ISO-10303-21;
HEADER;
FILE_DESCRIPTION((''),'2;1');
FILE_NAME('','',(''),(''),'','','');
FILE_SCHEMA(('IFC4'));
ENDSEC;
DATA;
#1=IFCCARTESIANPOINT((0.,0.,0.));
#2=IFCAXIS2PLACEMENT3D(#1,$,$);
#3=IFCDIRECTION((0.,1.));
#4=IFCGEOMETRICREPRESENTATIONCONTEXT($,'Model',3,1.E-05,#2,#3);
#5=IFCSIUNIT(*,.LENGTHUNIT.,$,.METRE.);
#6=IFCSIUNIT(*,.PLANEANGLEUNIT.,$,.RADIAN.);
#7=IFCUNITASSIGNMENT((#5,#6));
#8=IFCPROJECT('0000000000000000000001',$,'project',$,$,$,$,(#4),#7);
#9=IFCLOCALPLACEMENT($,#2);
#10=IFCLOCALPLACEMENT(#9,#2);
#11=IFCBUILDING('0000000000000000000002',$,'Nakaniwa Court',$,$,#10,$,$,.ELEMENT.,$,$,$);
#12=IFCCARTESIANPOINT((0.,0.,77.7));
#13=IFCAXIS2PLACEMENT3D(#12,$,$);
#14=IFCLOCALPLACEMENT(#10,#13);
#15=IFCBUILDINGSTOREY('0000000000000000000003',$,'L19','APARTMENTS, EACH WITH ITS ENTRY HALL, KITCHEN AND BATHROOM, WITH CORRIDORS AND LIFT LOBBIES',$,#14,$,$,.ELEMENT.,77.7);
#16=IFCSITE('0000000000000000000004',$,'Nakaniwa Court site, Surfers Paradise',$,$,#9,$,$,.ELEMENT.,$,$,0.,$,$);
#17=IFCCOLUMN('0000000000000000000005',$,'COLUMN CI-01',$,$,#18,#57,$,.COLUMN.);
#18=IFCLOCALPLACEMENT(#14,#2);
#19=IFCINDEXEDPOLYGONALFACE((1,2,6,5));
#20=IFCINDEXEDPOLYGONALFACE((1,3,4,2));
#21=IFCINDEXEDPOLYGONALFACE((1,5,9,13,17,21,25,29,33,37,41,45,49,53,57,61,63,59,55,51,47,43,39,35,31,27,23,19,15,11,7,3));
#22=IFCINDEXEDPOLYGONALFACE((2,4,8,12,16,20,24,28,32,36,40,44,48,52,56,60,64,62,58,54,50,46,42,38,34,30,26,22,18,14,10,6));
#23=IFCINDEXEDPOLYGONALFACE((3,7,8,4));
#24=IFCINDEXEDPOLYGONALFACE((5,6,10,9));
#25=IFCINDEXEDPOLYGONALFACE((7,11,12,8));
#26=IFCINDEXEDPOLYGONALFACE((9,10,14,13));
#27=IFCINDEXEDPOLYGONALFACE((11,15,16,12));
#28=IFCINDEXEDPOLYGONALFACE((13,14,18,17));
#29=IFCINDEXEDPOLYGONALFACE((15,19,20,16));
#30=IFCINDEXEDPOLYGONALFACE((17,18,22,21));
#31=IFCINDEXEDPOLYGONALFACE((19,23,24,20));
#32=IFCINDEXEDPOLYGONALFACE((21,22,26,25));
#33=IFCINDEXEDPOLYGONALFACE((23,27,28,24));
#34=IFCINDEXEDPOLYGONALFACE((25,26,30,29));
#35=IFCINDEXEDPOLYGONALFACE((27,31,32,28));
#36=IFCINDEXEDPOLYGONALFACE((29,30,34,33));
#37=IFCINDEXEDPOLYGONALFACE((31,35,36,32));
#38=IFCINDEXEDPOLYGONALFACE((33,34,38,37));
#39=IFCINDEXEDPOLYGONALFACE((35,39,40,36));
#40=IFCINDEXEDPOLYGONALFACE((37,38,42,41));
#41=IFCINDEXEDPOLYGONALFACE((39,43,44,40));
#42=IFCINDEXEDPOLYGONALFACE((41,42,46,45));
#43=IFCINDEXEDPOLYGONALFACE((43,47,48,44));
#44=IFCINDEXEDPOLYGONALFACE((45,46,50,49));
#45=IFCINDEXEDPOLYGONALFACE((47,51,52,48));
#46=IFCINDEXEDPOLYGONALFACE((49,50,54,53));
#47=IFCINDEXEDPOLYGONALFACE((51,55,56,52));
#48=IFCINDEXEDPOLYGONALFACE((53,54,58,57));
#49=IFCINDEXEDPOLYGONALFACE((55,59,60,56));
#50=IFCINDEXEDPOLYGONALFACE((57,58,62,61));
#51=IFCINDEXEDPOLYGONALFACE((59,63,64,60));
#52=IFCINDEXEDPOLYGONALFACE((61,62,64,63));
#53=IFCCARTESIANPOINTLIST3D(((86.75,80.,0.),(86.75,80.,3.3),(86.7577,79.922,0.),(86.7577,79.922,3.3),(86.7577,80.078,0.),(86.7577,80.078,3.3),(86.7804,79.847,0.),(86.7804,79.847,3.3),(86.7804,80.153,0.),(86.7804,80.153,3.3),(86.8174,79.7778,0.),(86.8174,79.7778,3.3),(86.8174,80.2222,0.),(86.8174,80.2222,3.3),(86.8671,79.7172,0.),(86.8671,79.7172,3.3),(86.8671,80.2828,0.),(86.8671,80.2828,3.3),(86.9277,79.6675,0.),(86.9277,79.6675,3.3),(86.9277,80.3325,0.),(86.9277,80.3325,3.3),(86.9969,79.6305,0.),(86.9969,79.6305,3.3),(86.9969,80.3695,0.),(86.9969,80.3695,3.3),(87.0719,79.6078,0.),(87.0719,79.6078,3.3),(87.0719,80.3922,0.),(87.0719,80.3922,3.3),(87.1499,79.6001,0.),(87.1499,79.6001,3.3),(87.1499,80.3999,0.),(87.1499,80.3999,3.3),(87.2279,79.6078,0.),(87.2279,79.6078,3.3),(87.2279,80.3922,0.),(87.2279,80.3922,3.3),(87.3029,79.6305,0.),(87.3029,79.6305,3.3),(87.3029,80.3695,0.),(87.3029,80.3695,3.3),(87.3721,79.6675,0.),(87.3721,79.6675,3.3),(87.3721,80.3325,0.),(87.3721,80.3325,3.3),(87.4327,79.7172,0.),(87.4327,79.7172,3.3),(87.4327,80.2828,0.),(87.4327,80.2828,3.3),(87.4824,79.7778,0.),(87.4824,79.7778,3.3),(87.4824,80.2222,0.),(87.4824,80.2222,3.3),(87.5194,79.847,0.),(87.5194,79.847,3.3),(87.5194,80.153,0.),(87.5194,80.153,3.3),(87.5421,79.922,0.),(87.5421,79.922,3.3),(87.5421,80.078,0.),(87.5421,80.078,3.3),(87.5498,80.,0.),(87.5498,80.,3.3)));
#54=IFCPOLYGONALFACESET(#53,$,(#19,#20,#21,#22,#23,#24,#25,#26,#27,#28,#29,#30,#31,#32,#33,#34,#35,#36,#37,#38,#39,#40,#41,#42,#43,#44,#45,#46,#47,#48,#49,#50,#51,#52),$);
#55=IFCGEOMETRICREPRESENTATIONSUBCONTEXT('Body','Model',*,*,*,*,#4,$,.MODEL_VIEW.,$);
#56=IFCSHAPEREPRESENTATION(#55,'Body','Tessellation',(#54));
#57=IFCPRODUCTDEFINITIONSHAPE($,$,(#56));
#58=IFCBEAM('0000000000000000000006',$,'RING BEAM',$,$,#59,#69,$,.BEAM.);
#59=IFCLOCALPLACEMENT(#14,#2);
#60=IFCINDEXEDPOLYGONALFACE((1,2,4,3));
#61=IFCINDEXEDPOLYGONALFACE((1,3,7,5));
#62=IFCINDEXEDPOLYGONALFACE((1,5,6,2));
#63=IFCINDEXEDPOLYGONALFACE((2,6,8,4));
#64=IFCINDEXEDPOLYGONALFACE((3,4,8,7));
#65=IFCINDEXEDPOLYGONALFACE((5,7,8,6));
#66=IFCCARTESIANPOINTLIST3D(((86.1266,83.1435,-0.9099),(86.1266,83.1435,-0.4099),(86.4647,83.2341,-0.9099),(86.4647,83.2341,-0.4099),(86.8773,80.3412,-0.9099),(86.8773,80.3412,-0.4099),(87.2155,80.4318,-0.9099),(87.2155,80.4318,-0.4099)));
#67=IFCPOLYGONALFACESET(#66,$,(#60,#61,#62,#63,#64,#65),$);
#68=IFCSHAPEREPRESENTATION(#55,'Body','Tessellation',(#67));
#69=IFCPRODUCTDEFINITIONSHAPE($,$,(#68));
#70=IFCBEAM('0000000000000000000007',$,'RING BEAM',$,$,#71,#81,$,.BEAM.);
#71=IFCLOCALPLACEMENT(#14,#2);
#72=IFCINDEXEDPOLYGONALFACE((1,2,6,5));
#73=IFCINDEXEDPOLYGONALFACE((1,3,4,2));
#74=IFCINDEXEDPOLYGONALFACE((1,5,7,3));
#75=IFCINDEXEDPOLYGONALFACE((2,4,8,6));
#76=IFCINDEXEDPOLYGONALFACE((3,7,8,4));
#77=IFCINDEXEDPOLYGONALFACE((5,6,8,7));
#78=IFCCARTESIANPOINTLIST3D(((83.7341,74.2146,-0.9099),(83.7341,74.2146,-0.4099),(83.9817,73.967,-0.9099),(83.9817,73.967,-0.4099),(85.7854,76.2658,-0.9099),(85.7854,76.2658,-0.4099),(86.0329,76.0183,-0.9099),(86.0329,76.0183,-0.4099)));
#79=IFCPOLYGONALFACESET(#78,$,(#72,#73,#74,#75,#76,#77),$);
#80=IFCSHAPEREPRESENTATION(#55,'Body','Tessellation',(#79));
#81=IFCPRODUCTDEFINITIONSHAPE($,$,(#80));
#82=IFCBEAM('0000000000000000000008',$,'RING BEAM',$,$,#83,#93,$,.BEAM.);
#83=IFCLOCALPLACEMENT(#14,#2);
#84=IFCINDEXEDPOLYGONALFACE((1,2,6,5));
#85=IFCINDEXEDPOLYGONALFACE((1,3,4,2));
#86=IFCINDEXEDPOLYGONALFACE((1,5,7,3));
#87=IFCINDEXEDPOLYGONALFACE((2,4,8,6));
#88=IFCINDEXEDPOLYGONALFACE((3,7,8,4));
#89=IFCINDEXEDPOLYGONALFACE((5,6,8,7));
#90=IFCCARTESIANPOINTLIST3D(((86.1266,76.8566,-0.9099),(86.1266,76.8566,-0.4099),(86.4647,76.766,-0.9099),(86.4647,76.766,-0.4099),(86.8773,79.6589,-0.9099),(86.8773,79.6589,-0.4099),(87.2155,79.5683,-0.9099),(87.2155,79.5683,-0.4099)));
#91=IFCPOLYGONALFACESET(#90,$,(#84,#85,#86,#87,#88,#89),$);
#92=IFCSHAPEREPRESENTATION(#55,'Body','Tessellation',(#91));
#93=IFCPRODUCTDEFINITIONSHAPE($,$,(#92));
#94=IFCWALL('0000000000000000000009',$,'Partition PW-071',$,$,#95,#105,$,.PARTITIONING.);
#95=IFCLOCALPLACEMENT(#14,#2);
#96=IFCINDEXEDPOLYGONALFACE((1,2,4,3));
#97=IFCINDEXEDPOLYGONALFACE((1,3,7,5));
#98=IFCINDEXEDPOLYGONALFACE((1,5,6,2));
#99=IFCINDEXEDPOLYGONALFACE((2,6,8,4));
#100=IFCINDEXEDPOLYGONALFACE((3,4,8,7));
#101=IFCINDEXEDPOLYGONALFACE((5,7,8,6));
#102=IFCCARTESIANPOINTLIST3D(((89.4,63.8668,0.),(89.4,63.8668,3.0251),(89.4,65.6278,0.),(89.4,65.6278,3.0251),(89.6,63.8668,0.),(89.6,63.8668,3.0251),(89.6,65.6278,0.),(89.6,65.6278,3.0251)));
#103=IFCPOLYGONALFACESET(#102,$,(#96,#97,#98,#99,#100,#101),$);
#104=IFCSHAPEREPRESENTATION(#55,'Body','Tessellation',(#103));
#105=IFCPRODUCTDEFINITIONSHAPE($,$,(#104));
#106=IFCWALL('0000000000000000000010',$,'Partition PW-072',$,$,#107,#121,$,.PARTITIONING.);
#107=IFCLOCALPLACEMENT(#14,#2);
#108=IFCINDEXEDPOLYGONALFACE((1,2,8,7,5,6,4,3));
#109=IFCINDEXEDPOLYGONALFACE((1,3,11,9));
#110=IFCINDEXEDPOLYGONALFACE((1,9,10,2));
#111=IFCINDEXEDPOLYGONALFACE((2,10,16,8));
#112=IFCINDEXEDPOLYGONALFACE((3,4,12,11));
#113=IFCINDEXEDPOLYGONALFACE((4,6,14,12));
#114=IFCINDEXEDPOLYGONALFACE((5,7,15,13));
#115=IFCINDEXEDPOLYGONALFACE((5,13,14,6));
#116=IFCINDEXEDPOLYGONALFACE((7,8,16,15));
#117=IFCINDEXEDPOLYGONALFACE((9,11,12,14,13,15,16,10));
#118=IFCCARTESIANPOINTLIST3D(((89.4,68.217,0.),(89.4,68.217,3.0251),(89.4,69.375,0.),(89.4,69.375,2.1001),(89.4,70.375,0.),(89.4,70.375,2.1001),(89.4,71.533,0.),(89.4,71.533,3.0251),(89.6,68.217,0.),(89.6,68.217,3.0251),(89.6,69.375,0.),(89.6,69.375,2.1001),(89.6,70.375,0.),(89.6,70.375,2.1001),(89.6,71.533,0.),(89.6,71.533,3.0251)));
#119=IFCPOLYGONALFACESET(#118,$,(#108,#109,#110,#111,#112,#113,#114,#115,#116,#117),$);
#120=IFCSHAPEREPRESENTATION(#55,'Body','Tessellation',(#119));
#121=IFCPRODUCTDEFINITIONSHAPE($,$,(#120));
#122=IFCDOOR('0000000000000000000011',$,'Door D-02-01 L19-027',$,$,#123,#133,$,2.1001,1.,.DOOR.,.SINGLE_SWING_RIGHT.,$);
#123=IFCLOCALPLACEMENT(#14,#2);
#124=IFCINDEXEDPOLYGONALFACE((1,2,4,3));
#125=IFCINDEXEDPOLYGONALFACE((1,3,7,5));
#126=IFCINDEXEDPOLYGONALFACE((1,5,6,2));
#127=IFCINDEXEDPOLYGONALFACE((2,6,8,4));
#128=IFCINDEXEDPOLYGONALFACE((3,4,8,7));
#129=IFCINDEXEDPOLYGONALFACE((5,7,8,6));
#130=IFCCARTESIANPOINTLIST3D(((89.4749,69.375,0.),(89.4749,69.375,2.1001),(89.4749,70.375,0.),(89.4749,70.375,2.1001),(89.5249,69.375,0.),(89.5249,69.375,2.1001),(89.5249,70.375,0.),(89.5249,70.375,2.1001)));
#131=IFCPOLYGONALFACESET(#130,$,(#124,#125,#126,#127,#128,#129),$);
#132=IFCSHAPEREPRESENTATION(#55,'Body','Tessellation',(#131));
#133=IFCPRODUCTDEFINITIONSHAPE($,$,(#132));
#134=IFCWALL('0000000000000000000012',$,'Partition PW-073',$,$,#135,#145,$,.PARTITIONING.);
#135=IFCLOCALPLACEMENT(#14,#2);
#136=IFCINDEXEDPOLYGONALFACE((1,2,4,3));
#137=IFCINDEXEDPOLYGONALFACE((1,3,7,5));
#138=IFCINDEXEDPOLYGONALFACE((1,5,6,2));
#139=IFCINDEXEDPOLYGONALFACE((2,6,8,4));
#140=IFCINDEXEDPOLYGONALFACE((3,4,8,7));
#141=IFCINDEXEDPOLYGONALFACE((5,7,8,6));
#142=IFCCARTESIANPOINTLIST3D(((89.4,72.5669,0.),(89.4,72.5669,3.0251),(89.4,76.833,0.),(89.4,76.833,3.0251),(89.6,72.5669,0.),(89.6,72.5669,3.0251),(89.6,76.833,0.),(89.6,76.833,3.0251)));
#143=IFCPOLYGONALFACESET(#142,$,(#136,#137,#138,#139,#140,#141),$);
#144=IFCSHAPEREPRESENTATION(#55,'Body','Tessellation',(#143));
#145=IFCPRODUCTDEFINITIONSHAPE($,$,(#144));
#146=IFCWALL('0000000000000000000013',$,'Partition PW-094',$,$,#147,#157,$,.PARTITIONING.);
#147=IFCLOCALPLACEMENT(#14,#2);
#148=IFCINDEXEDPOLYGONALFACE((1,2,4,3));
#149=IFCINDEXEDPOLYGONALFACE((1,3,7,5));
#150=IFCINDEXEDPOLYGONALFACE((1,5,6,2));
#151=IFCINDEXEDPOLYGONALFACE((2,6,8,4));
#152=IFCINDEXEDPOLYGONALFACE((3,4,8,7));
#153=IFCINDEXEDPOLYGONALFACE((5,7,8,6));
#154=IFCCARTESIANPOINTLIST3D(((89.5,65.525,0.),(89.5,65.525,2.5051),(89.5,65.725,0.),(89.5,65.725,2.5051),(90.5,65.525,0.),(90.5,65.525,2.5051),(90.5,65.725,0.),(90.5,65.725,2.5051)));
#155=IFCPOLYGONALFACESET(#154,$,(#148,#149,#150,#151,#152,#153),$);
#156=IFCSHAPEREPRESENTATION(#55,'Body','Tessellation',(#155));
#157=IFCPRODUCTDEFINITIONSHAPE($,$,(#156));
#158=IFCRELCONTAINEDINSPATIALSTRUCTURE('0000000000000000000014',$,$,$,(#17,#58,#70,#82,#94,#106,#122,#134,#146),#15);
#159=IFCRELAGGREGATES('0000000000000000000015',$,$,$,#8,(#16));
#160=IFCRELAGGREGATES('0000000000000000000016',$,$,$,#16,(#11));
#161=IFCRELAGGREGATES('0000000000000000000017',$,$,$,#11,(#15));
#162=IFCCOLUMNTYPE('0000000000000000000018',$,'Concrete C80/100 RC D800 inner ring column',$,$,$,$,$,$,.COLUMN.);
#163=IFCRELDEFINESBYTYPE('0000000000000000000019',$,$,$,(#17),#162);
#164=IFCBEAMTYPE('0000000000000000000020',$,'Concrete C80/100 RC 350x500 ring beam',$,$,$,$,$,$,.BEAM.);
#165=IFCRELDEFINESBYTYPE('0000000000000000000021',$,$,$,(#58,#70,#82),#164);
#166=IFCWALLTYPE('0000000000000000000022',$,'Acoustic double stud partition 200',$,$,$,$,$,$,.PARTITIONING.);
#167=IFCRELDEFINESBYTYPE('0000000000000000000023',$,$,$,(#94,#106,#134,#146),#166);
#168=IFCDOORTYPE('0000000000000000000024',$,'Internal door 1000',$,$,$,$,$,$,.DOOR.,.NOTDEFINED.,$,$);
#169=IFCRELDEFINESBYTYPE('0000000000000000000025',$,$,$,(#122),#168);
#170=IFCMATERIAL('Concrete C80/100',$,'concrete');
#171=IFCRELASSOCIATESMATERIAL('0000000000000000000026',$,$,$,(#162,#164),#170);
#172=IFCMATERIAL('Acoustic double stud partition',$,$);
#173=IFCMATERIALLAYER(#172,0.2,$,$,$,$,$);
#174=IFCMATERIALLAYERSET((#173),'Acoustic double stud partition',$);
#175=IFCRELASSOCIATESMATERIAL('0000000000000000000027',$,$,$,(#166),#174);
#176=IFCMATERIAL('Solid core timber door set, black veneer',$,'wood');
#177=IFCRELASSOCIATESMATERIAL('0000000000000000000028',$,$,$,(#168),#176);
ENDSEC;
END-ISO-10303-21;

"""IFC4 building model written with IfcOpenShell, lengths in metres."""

from ifc_helpers import new_model, si_unit, direction, frame, frame_2d, origin, origin_2d, place, context, subcontext, project, spatial, rectangle, circle, extrude, material, layer, layer_set, material_profile, profile_set, type_object, element, fill, save


model = new_model("IFC4")

# Units and contexts
model_context = context("Model", 3, precision=1e-05, world=origin(), true_north=direction((0.0, 1.0)))
body_context = subcontext(model_context, "Body", "Model", "MODEL_VIEW")
ifc_project = project(units=[si_unit("LENGTHUNIT", "METRE"), si_unit("PLANEANGLEUNIT", "RADIAN")], contexts=[model_context])

# Site, building, storey
site_placement = place(None, origin())
site = spatial("IfcSite", under=ifc_project, at=site_placement, Name="Nakaniwa Court site, Surfers Paradise", CompositionType="ELEMENT", RefElevation=0.0)
building_placement = place(site_placement, origin())
building = spatial("IfcBuilding", under=site, at=building_placement, Name="Nakaniwa Court", CompositionType="ELEMENT")
storey_placement = place(building_placement, frame((0.0, 0.0, 77.7)))
storey = spatial("IfcBuildingStorey", under=building, at=storey_placement, Name="L19", Description="APARTMENTS, EACH WITH ITS ENTRY HALL, KITCHEN AND BATHROOM, WITH CORRIDORS AND LIFT LOBBIES", CompositionType="ELEMENT", Elevation=77.7)

# Column
ifc_material_1 = material(Name="Concrete C80/100", Category="concrete")
ifc_material_profile_1 = material_profile(ifc_material_1, circle(Radius=0.3999, at=origin_2d()), Name="Concrete C80/100 RC D800 inner ring column")
ifc_profile_set_1 = profile_set([ifc_material_profile_1], Name="Concrete C80/100")
column_type = type_object("IfcColumnType", Name="Concrete C80/100 RC D800 inner ring column", PredefinedType="COLUMN", material=ifc_profile_set_1)
for number, where, z_axis, x_axis, name in (
    (1, (87.1499, 80.0, 0.0), (0.0, 0.0, 1.0), (0.0, 1.0, 0.0), "COLUMN CI-01"),
):
    element("IfcColumn", number, at=place(storey_placement, frame(where, z_axis=z_axis, x_axis=x_axis)), inside=storey, type_object=column_type, Name=name, PredefinedType="COLUMN", context=body_context, shape_type="SweptSolid", body=[
        extrude(circle(Radius=0.3999, at=origin_2d()), origin(), (0.0, 0.0, 1.0), 3.3),
    ])

# Beams
ifc_material_profile_2 = material_profile(ifc_material_1, rectangle(XDim=0.3501, YDim=0.5, at=origin_2d()), Name="Concrete C80/100 RC 350x500 ring beam")
ifc_profile_set_2 = profile_set([ifc_material_profile_2], Name="Concrete C80/100")
beam_type = type_object("IfcBeamType", Name="Concrete C80/100 RC 350x500 ring beam", PredefinedType="BEAM", material=ifc_profile_set_2)
beam_1_placement = place(storey_placement, frame((87.0464, 80.3865, -0.6599), z_axis=(-0.258778, 0.965937, 0.0), x_axis=(-0.965937, -0.258778, 0.0)))
element("IfcBeam", 2, at=beam_1_placement, inside=storey, type_object=beam_type, Name="RING BEAM", PredefinedType="BEAM", context=body_context, shape_type="SweptSolid", body=[
    extrude(rectangle(XDim=0.3501, YDim=0.5, at=origin_2d()), origin(), (0.0, 0.0, 1.0), 2.9011),
])
beam_2_placement = place(storey_placement, frame((83.8579, 74.0908, -0.6599), z_axis=(0.707107, 0.707107, 0.0), x_axis=(-0.707107, 0.707107, 0.0)))
element("IfcBeam", 3, at=beam_2_placement, inside=storey, type_object=beam_type, Name="RING BEAM", PredefinedType="BEAM", context=body_context, shape_type="SweptSolid", body=[
    extrude(rectangle(XDim=0.3501, YDim=0.5, at=origin_2d()), origin(), (0.0, 0.0, 1.0), 2.9009),
])
beam_3_placement = place(storey_placement, frame((86.2957, 76.8113, -0.6599), z_axis=(0.258778, 0.965937, 0.0), x_axis=(-0.965937, 0.258778, 0.0)))
element("IfcBeam", 4, at=beam_3_placement, inside=storey, type_object=beam_type, Name="RING BEAM", PredefinedType="BEAM", context=body_context, shape_type="SweptSolid", body=[
    extrude(rectangle(XDim=0.3501, YDim=0.5, at=origin_2d()), origin(), (0.0, 0.0, 1.0), 2.9011),
])

# Wall
ifc_material_2 = material(Name="Acoustic double stud partition")
ifc_layer_1 = layer(ifc_material_2, 0.2)
ifc_layer_set_1 = layer_set([ifc_layer_1], Name="Acoustic double stud partition")
wall_type_1 = type_object("IfcWallType", Name="Acoustic double stud partition 200", PredefinedType="PARTITIONING", material=ifc_layer_set_1)
wall_1_placement = place(storey_placement, frame((89.5, 63.8669, 0.0), z_axis=(0.0, 0.0, 1.0), x_axis=(0.0, 1.0, 0.0)))
element("IfcWall", 5, at=wall_1_placement, inside=storey, type_object=wall_type_1, Name="Partition PW-071", PredefinedType="PARTITIONING", context=body_context, shape_type="SweptSolid", body=[
    extrude(rectangle(XDim=1.761, YDim=0.2, at=frame_2d((0.8804, 0.0))), origin(), (0.0, 0.0, 1.0), 3.0251),
])

# Wall, opening, door
wall_2_placement = place(storey_placement, frame((89.5, 71.533, 0.0), z_axis=(0.0, 0.0, 1.0), x_axis=(0.0, -1.0, 0.0)))
wall_2 = element("IfcWall", 6, at=wall_2_placement, inside=storey, type_object=wall_type_1, Name="Partition PW-072", PredefinedType="PARTITIONING", context=body_context, shape_type="SweptSolid", body=[
    extrude(rectangle(XDim=3.3159, YDim=0.2, at=frame_2d((1.658, 0.0))), origin(), (0.0, 0.0, 1.0), 3.0251),
])
opening_1_placement = place(wall_2_placement, frame((1.158, 0.0, 0.0)))
opening_1 = element("IfcOpeningElement", 7, at=opening_1_placement, cuts=wall_2, PredefinedType="OPENING", context=body_context, shape_type="SweptSolid", body=[
    extrude(rectangle(XDim=1.0, YDim=2.1001, at=frame_2d((0.5, 1.05))), frame((0.0, 0.1099, 0.0), z_axis=(0.0, -1.0, 0.0), x_axis=(1.0, 0.0, 0.0)), (0.0, 0.0, 1.0), 0.22),
])
ifc_material_3 = material(Name="Solid core timber door set, black veneer", Category="wood")
door_type_1 = type_object("IfcDoorType", Name="Internal door 1000", OperationType="NOTDEFINED", PredefinedType="DOOR", material=ifc_material_3)
door_1_placement = place(opening_1_placement, origin())
door_1 = element("IfcDoor", 8, at=door_1_placement, inside=storey, type_object=door_type_1, Name="Door D-02-01 L19-027", OperationType="SINGLE_SWING_RIGHT", OverallHeight=2.1001, OverallWidth=1.0, PredefinedType="DOOR", context=body_context, shape_type="SweptSolid", body=[
    extrude(rectangle(XDim=1.0, YDim=2.1001, at=frame_2d((0.5, 1.05))), frame((0.0, 0.0249, 0.0), z_axis=(0.0, -1.0, 0.0), x_axis=(1.0, 0.0, 0.0)), (0.0, 0.0, 1.0), 0.05),
])
fill(opening_1, door_1)

# Walls
wall_3_placement = place(storey_placement, frame((89.5, 72.5669, 0.0), z_axis=(0.0, 0.0, 1.0), x_axis=(0.0, 1.0, 0.0)))
element("IfcWall", 9, at=wall_3_placement, inside=storey, type_object=wall_type_1, Name="Partition PW-073", PredefinedType="PARTITIONING", context=body_context, shape_type="SweptSolid", body=[
    extrude(rectangle(XDim=4.2661, YDim=0.2, at=frame_2d((2.1331, 0.0))), origin(), (0.0, 0.0, 1.0), 3.0251),
])
wall_4_placement = place(storey_placement, frame((89.5, 65.625, 0.0), z_axis=(0.0, 0.0, 1.0), x_axis=(1.0, 0.0, 0.0)))
element("IfcWall", 10, at=wall_4_placement, inside=storey, type_object=wall_type_1, Name="Partition PW-094", PredefinedType="PARTITIONING", context=body_context, shape_type="SweptSolid", body=[
    extrude(rectangle(XDim=1.0, YDim=0.2, at=frame_2d((0.5, 0.0))), origin(), (0.0, 0.0, 1.0), 2.5051),
])

save(model, "model.ifc")
